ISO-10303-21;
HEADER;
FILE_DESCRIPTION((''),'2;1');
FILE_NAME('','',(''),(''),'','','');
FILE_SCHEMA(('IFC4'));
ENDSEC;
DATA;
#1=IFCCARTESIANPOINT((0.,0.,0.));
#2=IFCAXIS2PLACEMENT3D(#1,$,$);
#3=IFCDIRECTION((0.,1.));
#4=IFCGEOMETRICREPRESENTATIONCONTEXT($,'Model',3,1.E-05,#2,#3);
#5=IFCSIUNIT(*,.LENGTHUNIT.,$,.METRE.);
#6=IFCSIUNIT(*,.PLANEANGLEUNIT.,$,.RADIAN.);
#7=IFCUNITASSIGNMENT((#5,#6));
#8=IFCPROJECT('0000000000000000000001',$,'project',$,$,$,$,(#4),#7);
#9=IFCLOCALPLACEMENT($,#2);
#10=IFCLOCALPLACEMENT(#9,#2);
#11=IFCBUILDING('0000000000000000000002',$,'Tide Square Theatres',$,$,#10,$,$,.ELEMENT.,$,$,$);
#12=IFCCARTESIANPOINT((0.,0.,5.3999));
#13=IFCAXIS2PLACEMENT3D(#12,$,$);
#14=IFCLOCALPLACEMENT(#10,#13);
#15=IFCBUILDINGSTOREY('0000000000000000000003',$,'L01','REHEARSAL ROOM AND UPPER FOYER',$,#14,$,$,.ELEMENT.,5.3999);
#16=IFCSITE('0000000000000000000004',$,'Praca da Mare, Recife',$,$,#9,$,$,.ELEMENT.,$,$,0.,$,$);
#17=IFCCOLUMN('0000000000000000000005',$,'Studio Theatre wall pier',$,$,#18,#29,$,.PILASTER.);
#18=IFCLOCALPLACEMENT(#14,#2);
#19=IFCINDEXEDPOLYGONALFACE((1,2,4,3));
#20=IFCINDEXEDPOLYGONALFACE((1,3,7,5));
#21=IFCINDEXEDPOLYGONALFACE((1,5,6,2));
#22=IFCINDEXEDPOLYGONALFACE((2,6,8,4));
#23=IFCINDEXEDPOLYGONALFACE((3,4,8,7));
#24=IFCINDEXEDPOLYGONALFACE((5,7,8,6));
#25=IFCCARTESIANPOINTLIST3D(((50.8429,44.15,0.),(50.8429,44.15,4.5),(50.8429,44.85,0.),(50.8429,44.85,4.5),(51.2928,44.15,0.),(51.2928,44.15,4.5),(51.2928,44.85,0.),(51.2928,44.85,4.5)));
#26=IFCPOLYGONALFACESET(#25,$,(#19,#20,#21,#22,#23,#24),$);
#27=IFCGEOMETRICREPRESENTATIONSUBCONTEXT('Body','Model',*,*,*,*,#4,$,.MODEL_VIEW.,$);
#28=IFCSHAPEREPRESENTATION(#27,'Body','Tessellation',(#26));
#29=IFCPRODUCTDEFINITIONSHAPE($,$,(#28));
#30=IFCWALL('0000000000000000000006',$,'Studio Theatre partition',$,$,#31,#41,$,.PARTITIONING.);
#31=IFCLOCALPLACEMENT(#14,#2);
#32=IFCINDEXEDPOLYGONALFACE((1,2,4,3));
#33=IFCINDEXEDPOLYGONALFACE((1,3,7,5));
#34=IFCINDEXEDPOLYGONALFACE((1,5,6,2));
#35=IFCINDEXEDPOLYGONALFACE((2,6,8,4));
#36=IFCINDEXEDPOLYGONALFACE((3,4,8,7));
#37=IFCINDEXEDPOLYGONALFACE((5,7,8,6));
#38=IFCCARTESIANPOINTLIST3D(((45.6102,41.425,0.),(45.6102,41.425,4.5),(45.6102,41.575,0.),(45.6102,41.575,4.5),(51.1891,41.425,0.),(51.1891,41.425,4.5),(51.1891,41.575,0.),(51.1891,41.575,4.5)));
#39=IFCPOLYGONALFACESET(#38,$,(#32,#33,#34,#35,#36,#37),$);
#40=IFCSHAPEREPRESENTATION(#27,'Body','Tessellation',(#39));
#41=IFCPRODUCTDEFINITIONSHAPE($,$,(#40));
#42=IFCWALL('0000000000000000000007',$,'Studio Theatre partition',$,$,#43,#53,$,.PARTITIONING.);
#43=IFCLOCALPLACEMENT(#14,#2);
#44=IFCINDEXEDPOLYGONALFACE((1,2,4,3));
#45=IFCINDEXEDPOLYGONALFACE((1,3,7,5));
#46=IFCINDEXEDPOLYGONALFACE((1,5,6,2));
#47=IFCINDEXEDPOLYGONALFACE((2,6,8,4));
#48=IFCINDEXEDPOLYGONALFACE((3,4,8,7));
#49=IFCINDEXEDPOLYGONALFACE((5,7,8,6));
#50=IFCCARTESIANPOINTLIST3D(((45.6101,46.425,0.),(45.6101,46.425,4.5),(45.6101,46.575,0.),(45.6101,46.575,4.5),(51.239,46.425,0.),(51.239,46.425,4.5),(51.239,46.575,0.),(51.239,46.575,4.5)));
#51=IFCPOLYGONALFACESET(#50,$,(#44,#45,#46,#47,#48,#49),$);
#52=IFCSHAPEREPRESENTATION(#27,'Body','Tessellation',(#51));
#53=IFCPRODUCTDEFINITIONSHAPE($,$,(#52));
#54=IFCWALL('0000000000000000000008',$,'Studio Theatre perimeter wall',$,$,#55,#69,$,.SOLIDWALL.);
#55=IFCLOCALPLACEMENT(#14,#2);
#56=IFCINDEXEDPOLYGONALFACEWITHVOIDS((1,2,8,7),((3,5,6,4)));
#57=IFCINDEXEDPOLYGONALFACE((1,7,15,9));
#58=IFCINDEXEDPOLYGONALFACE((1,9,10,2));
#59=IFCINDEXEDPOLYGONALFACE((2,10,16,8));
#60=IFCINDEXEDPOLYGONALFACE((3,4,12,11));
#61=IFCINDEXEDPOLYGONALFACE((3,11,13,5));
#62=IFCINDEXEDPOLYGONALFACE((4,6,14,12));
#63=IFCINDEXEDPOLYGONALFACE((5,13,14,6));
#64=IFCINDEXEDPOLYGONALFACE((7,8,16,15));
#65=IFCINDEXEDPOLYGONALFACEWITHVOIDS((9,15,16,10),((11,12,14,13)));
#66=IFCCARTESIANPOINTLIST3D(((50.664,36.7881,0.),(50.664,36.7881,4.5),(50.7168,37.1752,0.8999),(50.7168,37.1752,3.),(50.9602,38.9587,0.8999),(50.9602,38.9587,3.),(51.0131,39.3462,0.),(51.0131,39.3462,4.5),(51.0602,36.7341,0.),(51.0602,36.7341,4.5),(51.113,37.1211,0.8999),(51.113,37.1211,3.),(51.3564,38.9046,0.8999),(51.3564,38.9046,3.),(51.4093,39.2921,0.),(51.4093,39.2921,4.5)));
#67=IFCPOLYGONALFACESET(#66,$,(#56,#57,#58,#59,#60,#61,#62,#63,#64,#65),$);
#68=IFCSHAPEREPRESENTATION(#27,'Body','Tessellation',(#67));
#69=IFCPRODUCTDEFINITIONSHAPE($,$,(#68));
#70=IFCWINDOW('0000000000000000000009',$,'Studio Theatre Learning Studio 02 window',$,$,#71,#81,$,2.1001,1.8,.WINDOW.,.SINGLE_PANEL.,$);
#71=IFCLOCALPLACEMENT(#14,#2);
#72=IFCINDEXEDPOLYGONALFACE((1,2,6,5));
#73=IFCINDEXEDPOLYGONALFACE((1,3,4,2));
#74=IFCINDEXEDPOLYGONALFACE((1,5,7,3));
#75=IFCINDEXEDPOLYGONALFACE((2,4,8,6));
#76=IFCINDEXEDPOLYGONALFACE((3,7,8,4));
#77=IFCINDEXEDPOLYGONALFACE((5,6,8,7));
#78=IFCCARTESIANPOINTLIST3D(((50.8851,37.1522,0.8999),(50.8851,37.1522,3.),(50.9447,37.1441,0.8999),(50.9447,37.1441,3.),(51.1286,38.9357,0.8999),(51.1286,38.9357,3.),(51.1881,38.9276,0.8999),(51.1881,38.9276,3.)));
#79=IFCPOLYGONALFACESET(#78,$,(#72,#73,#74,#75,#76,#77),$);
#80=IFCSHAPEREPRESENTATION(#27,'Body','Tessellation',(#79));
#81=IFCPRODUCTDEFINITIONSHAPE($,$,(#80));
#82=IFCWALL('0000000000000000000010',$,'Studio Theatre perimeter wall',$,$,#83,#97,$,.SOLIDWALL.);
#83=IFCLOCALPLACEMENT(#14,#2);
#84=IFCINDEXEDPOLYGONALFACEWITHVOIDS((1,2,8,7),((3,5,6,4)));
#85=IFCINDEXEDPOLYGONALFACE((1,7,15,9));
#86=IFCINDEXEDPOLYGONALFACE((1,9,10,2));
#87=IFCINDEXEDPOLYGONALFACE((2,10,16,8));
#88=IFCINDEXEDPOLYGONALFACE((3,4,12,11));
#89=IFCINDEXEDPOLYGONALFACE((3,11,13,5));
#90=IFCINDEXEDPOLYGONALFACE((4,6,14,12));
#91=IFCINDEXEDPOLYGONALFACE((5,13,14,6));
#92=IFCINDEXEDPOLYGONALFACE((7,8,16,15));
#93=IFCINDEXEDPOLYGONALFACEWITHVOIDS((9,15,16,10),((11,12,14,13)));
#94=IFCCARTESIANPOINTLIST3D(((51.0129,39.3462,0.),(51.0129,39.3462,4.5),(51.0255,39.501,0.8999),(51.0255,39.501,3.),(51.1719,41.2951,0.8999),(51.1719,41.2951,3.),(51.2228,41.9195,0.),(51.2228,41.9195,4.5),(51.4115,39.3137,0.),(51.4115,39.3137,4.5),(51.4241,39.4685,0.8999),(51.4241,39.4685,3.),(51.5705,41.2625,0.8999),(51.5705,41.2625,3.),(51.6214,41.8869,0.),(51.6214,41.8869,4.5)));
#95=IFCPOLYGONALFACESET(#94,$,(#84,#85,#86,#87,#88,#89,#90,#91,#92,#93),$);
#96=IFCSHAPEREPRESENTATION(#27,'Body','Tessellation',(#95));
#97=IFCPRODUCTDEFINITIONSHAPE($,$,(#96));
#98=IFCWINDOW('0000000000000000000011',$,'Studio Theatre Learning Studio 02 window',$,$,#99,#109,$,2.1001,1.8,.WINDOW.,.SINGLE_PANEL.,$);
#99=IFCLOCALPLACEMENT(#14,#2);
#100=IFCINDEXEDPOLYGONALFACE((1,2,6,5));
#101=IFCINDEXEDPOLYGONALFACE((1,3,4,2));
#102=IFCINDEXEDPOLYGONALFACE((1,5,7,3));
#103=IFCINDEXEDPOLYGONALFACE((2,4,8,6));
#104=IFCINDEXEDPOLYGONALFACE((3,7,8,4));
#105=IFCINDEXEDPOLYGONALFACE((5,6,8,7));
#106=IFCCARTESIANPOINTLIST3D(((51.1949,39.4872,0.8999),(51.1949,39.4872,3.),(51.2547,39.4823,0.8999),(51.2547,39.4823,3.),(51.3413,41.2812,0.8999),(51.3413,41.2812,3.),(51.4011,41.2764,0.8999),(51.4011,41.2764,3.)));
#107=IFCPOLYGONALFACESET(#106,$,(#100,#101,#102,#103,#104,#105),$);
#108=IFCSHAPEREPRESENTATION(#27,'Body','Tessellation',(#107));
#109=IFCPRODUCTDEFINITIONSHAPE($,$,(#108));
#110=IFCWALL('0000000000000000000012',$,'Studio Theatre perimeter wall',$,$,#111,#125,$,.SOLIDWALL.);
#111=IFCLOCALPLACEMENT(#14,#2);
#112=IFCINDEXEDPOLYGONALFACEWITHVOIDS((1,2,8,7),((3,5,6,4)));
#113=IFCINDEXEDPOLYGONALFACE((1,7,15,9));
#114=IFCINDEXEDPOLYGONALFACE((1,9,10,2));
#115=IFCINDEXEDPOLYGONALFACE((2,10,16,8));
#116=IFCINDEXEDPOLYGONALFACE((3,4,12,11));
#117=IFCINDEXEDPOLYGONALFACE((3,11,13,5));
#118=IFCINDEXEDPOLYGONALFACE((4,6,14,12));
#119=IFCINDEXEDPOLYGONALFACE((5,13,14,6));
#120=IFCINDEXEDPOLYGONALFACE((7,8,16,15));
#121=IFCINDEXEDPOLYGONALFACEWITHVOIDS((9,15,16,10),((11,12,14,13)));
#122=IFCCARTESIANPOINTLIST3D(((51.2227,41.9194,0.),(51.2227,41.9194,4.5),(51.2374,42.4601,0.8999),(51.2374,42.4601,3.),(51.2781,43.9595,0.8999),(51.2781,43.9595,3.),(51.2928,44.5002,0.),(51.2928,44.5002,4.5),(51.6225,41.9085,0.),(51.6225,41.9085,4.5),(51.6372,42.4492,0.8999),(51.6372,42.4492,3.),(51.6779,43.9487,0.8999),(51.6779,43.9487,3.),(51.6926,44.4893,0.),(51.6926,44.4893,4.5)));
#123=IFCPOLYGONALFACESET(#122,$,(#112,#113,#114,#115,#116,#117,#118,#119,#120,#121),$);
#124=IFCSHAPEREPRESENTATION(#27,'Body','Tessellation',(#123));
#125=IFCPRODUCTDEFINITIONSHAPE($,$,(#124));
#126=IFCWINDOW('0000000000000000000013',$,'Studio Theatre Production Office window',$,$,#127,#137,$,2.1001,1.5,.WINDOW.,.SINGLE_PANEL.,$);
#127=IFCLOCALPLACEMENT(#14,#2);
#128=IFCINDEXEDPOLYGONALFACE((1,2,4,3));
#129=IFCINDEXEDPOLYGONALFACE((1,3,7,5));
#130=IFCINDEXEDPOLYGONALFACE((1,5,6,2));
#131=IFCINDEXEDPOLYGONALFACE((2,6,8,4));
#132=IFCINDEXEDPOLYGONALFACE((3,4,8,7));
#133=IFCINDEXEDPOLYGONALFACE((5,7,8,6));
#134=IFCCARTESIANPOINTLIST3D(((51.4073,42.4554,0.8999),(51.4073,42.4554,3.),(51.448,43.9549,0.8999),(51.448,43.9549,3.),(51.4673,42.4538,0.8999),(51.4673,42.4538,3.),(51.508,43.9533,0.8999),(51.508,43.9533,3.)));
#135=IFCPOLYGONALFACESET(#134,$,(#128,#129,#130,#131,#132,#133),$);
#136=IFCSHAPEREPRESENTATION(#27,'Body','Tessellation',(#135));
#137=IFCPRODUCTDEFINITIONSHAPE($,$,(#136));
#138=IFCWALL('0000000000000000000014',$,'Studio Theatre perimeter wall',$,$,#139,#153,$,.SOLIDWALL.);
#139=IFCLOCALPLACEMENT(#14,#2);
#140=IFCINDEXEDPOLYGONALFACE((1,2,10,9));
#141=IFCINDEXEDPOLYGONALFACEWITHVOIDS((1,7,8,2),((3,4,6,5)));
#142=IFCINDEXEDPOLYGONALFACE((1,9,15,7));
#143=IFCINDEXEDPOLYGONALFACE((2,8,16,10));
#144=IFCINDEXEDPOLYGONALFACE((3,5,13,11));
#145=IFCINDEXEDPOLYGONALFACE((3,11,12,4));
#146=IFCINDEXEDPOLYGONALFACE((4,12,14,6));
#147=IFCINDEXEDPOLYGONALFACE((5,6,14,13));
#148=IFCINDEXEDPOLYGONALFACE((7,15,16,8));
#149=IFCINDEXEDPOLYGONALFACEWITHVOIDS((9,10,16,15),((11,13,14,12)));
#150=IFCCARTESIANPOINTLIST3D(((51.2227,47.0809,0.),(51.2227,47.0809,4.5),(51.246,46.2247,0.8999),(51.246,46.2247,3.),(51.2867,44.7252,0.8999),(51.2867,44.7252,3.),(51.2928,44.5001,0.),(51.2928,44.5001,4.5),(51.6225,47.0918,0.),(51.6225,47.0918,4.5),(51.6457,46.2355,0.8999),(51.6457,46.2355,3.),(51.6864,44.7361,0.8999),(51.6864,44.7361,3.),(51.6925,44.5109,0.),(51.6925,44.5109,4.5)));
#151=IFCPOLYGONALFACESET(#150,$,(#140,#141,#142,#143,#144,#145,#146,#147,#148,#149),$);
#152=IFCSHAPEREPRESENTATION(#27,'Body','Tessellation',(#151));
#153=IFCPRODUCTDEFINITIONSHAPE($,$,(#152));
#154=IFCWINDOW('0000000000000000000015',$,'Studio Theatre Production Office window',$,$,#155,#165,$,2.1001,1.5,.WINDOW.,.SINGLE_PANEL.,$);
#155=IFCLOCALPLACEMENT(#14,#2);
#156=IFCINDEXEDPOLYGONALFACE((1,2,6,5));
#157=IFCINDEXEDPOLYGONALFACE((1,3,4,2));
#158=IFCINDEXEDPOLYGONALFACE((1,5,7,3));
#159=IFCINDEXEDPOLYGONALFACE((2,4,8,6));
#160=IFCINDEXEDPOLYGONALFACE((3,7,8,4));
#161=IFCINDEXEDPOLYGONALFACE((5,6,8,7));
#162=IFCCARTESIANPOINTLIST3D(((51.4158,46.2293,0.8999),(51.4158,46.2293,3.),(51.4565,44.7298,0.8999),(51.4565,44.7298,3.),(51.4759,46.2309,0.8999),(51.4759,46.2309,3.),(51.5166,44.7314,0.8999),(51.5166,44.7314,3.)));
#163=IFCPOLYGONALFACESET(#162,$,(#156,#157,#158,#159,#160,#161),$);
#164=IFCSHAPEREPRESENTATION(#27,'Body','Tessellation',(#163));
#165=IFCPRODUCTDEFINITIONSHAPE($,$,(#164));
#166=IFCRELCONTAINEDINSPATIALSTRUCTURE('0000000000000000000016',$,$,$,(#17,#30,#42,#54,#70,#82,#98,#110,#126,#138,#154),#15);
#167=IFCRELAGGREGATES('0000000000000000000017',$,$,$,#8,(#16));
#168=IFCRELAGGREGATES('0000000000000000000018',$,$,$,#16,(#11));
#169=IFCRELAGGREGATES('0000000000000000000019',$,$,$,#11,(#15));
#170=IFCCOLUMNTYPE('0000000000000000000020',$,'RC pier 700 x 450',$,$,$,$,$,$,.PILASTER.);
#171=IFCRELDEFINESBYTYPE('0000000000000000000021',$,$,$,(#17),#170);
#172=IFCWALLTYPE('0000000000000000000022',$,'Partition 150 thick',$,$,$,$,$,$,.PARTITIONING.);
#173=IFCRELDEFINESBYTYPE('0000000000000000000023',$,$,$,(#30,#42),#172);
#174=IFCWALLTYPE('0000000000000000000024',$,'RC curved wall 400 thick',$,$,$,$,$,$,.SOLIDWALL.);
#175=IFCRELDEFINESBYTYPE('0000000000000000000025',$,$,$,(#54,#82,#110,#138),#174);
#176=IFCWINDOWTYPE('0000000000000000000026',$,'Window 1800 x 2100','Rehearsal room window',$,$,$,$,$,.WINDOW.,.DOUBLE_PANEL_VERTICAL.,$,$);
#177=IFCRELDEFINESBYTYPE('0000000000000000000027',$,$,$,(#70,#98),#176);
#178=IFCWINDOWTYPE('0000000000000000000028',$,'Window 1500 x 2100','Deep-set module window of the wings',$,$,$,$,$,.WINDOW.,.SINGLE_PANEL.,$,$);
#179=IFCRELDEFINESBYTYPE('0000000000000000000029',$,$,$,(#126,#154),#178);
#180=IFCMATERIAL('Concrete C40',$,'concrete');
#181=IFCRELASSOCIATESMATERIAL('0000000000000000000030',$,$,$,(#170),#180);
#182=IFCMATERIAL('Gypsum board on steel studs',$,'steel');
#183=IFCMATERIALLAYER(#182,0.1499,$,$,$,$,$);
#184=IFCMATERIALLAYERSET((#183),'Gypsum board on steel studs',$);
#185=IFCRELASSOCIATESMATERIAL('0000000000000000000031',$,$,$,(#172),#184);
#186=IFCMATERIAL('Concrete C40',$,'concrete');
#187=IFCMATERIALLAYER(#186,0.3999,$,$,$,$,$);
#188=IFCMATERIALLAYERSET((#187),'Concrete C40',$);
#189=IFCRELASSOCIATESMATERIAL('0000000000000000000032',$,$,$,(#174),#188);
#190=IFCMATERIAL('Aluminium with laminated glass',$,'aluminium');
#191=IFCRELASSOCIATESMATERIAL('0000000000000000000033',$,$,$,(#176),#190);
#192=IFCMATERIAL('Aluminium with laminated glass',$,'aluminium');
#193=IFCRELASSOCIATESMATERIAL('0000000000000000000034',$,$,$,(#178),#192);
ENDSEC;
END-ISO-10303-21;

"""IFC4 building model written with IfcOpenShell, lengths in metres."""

from ifc_helpers import new_model, si_unit, direction, frame, frame_2d, origin, origin_2d, place, context, subcontext, project, spatial, rectangle, extrude, material, layer, layer_set, material_profile, profile_set, type_object, element, fill, save


model = new_model("IFC4")

# Units and contexts
model_context = context("Model", 3, precision=1e-05, world=origin(), true_north=direction((0.0, 1.0)))
body_context = subcontext(model_context, "Body", "Model", "MODEL_VIEW")
ifc_project = project(units=[si_unit("LENGTHUNIT", "METRE"), si_unit("PLANEANGLEUNIT", "RADIAN")], contexts=[model_context])

# Site, building, storey
site_placement = place(None, origin())
site = spatial("IfcSite", under=ifc_project, at=site_placement, Name="Praca da Mare, Recife", CompositionType="ELEMENT", RefElevation=0.0)
building_placement = place(site_placement, origin())
building = spatial("IfcBuilding", under=site, at=building_placement, Name="Tide Square Theatres", CompositionType="ELEMENT")
storey_placement = place(building_placement, frame((0.0, 0.0, 5.3999)))
storey = spatial("IfcBuildingStorey", under=building, at=storey_placement, Name="L01", Description="REHEARSAL ROOM AND UPPER FOYER", CompositionType="ELEMENT", Elevation=5.3999)

# Column
ifc_material_1 = material(Name="Concrete C40", Category="concrete")
ifc_material_profile = material_profile(ifc_material_1, rectangle(XDim=0.7, YDim=0.45, at=origin_2d()))
ifc_profile_set = profile_set([ifc_material_profile], Name="Concrete C40")
column_type = type_object("IfcColumnType", Name="RC pier 700 x 450", PredefinedType="PILASTER", material=ifc_profile_set)
column_placement = place(storey_placement, frame((51.0679, 44.5, 0.0), z_axis=(0.0, 0.0, 1.0), x_axis=(0.0, 1.0, 0.0)))
element("IfcColumn", 1, at=column_placement, inside=storey, type_object=column_type, Name="Studio Theatre wall pier", PredefinedType="PILASTER", context=body_context, shape_type="SweptSolid", body=[
    extrude(rectangle(XDim=0.7, YDim=0.45, at=origin_2d()), origin(), (0.0, 0.0, 1.0), 4.5),
])

# Walls
ifc_material_2 = material(Name="Gypsum board on steel studs", Category="steel")
ifc_layer_1 = layer(ifc_material_2, 0.1499)
ifc_layer_set_1 = layer_set([ifc_layer_1], Name="Gypsum board on steel studs")
wall_type_1 = type_object("IfcWallType", Name="Partition 150 thick", PredefinedType="PARTITIONING", material=ifc_layer_set_1)
wall_1_placement = place(storey_placement, frame((45.6101, 41.5, 0.0), z_axis=(0.0, 0.0, 1.0), x_axis=(1.0, 0.0, 0.0)))
element("IfcWall", 2, at=wall_1_placement, inside=storey, type_object=wall_type_1, Name="Studio Theatre partition", PredefinedType="PARTITIONING", context=body_context, shape_type="SweptSolid", body=[
    extrude(rectangle(XDim=5.5789, YDim=0.1499, at=frame_2d((2.7896, 0.0))), origin(), (0.0, 0.0, 1.0), 4.5),
])
wall_2_placement = place(storey_placement, frame((45.6101, 46.5, 0.0), z_axis=(0.0, 0.0, 1.0), x_axis=(1.0, 0.0, 0.0)))
element("IfcWall", 3, at=wall_2_placement, inside=storey, type_object=wall_type_1, Name="Studio Theatre partition", PredefinedType="PARTITIONING", context=body_context, shape_type="SweptSolid", body=[
    extrude(rectangle(XDim=5.6289, YDim=0.1499, at=frame_2d((2.8145, 0.0))), origin(), (0.0, 0.0, 1.0), 4.5),
])

# Walls, openings, windows
ifc_material_3 = material(Name="Concrete C40", Category="concrete")
ifc_layer_2 = layer(ifc_material_3, 0.3999)
ifc_layer_set_2 = layer_set([ifc_layer_2], Name="Concrete C40")
wall_type_2 = type_object("IfcWallType", Name="RC curved wall 400 thick", PredefinedType="SOLIDWALL", material=ifc_layer_set_2)
wall_3_placement = place(storey_placement, frame((50.8621, 36.761, 0.0), z_axis=(0.0, 0.0, 1.0), x_axis=(0.135223, 0.990815, 0.0)))
wall_3 = element("IfcWall", 4, at=wall_3_placement, inside=storey, type_object=wall_type_2, Name="Studio Theatre perimeter wall", PredefinedType="SOLIDWALL", context=body_context, shape_type="SweptSolid", body=[
    extrude(rectangle(XDim=2.5818, YDim=0.3999, at=frame_2d((1.291, 0.0))), origin(), (0.0, 0.0, 1.0), 4.5),
])
opening_1_placement = place(wall_3_placement, frame((0.3909, 0.0, 0.8999)))
opening_1 = element("IfcOpeningElement", 5, at=opening_1_placement, cuts=wall_3, PredefinedType="OPENING", context=body_context, shape_type="SweptSolid", body=[
    extrude(rectangle(XDim=1.8, YDim=2.1001, at=frame_2d((0.8999, 1.05))), frame((0.0, 0.21, 0.0), z_axis=(0.0, -1.0, 0.0), x_axis=(1.0, 0.0, 0.0)), (0.0, 0.0, 1.0), 0.4199),
])
ifc_material_4 = material(Name="Aluminium with laminated glass", Category="aluminium")
window_type_1 = type_object("IfcWindowType", Name="Window 1800 x 2100", Description="Rehearsal room window", PartitioningType="DOUBLE_PANEL_VERTICAL", PredefinedType="WINDOW", material=ifc_material_4)
window_1_placement = place(opening_1_placement, origin())
window_1 = element("IfcWindow", 6, at=window_1_placement, inside=storey, type_object=window_type_1, Name="Studio Theatre Learning Studio 02 window", OverallHeight=2.1001, OverallWidth=1.8, PartitioningType="SINGLE_PANEL", PredefinedType="WINDOW", context=body_context, shape_type="SweptSolid", body=[
    extrude(rectangle(XDim=1.8, YDim=2.1001, at=frame_2d((0.8999, 1.05))), frame((0.0, 0.03, 0.0), z_axis=(0.0, -1.0, 0.0), x_axis=(1.0, 0.0, 0.0)), (0.0, 0.0, 1.0), 0.0601),
])
fill(opening_1, window_1)
wall_4_placement = place(storey_placement, frame((51.2122, 39.3298, 0.0), z_axis=(0.0, 0.0, 1.0), x_axis=(0.081324, 0.996688, 0.0)))
wall_4 = element("IfcWall", 7, at=wall_4_placement, inside=storey, type_object=wall_type_2, Name="Studio Theatre perimeter wall", PredefinedType="SOLIDWALL", context=body_context, shape_type="SweptSolid", body=[
    extrude(rectangle(XDim=2.5818, YDim=0.3999, at=frame_2d((1.291, 0.0))), origin(), (0.0, 0.0, 1.0), 4.5),
])
opening_2_placement = place(wall_4_placement, frame((0.1555, 0.0, 0.8999)))
opening_2 = element("IfcOpeningElement", 8, at=opening_2_placement, cuts=wall_4, PredefinedType="OPENING", context=body_context, shape_type="SweptSolid", body=[
    extrude(rectangle(XDim=1.8, YDim=2.1001, at=frame_2d((0.8999, 1.05))), frame((0.0, 0.21, 0.0), z_axis=(0.0, -1.0, 0.0), x_axis=(1.0, 0.0, 0.0)), (0.0, 0.0, 1.0), 0.4199),
])
window_2_placement = place(opening_2_placement, origin())
window_2 = element("IfcWindow", 9, at=window_2_placement, inside=storey, type_object=window_type_1, Name="Studio Theatre Learning Studio 02 window", OverallHeight=2.1001, OverallWidth=1.8, PartitioningType="SINGLE_PANEL", PredefinedType="WINDOW", context=body_context, shape_type="SweptSolid", body=[
    extrude(rectangle(XDim=1.8, YDim=2.1001, at=frame_2d((0.8999, 1.05))), frame((0.0, 0.03, 0.0), z_axis=(0.0, -1.0, 0.0), x_axis=(1.0, 0.0, 0.0)), (0.0, 0.0, 1.0), 0.0601),
])
fill(opening_2, window_2)
wall_5_placement = place(storey_placement, frame((51.4226, 41.9138, 0.0), z_axis=(0.0, 0.0, 1.0), x_axis=(0.02714, 0.999632, 0.0)))
wall_5 = element("IfcWall", 10, at=wall_5_placement, inside=storey, type_object=wall_type_2, Name="Studio Theatre perimeter wall", PredefinedType="SOLIDWALL", context=body_context, shape_type="SweptSolid", body=[
    extrude(rectangle(XDim=2.5818, YDim=0.3999, at=frame_2d((1.291, 0.0))), origin(), (0.0, 0.0, 1.0), 4.5),
])
opening_3_placement = place(wall_5_placement, frame((0.541, 0.0, 0.8999)))
opening_3 = element("IfcOpeningElement", 11, at=opening_3_placement, cuts=wall_5, PredefinedType="OPENING", context=body_context, shape_type="SweptSolid", body=[
    extrude(rectangle(XDim=1.5, YDim=2.1001, at=frame_2d((0.75, 1.05))), frame((0.0, 0.21, 0.0), z_axis=(0.0, -1.0, 0.0), x_axis=(1.0, 0.0, 0.0)), (0.0, 0.0, 1.0), 0.4199),
])
ifc_material_5 = material(Name="Aluminium with laminated glass", Category="aluminium")
window_type_2 = type_object("IfcWindowType", Name="Window 1500 x 2100", Description="Deep-set module window of the wings", PartitioningType="SINGLE_PANEL", PredefinedType="WINDOW", material=ifc_material_5)
window_3_placement = place(opening_3_placement, origin())
window_3 = element("IfcWindow", 12, at=window_3_placement, inside=storey, type_object=window_type_2, Name="Studio Theatre Production Office window", OverallHeight=2.1001, OverallWidth=1.5, PartitioningType="SINGLE_PANEL", PredefinedType="WINDOW", context=body_context, shape_type="SweptSolid", body=[
    extrude(rectangle(XDim=1.5, YDim=2.1001, at=frame_2d((0.75, 1.05))), frame((0.0, 0.03, 0.0), z_axis=(0.0, -1.0, 0.0), x_axis=(1.0, 0.0, 0.0)), (0.0, 0.0, 1.0), 0.0601),
])
fill(opening_3, window_3)
wall_6_placement = place(storey_placement, frame((51.4927, 44.5054, 0.0), z_axis=(0.0, 0.0, 1.0), x_axis=(-0.02714, 0.999632, 0.0)))
wall_6 = element("IfcWall", 13, at=wall_6_placement, inside=storey, type_object=wall_type_2, Name="Studio Theatre perimeter wall", PredefinedType="SOLIDWALL", context=body_context, shape_type="SweptSolid", body=[
    extrude(rectangle(XDim=2.5818, YDim=0.3999, at=frame_2d((1.291, 0.0))), origin(), (0.0, 0.0, 1.0), 4.5),
])
opening_4_placement = place(wall_6_placement, frame((0.2253, 0.0, 0.8999)))
opening_4 = element("IfcOpeningElement", 14, at=opening_4_placement, cuts=wall_6, PredefinedType="OPENING", context=body_context, shape_type="SweptSolid", body=[
    extrude(rectangle(XDim=1.5, YDim=2.1001, at=frame_2d((0.75, 1.05))), frame((0.0, 0.21, 0.0), z_axis=(0.0, -1.0, 0.0), x_axis=(1.0, 0.0, 0.0)), (0.0, 0.0, 1.0), 0.4199),
])
window_4_placement = place(opening_4_placement, origin())
window_4 = element("IfcWindow", 15, at=window_4_placement, inside=storey, type_object=window_type_2, Name="Studio Theatre Production Office window", OverallHeight=2.1001, OverallWidth=1.5, PartitioningType="SINGLE_PANEL", PredefinedType="WINDOW", context=body_context, shape_type="SweptSolid", body=[
    extrude(rectangle(XDim=1.5, YDim=2.1001, at=frame_2d((0.75, 1.05))), frame((0.0, 0.03, 0.0), z_axis=(0.0, -1.0, 0.0), x_axis=(1.0, 0.0, 0.0)), (0.0, 0.0, 1.0), 0.0601),
])
fill(opening_4, window_4)

save(model, "model.ifc")
